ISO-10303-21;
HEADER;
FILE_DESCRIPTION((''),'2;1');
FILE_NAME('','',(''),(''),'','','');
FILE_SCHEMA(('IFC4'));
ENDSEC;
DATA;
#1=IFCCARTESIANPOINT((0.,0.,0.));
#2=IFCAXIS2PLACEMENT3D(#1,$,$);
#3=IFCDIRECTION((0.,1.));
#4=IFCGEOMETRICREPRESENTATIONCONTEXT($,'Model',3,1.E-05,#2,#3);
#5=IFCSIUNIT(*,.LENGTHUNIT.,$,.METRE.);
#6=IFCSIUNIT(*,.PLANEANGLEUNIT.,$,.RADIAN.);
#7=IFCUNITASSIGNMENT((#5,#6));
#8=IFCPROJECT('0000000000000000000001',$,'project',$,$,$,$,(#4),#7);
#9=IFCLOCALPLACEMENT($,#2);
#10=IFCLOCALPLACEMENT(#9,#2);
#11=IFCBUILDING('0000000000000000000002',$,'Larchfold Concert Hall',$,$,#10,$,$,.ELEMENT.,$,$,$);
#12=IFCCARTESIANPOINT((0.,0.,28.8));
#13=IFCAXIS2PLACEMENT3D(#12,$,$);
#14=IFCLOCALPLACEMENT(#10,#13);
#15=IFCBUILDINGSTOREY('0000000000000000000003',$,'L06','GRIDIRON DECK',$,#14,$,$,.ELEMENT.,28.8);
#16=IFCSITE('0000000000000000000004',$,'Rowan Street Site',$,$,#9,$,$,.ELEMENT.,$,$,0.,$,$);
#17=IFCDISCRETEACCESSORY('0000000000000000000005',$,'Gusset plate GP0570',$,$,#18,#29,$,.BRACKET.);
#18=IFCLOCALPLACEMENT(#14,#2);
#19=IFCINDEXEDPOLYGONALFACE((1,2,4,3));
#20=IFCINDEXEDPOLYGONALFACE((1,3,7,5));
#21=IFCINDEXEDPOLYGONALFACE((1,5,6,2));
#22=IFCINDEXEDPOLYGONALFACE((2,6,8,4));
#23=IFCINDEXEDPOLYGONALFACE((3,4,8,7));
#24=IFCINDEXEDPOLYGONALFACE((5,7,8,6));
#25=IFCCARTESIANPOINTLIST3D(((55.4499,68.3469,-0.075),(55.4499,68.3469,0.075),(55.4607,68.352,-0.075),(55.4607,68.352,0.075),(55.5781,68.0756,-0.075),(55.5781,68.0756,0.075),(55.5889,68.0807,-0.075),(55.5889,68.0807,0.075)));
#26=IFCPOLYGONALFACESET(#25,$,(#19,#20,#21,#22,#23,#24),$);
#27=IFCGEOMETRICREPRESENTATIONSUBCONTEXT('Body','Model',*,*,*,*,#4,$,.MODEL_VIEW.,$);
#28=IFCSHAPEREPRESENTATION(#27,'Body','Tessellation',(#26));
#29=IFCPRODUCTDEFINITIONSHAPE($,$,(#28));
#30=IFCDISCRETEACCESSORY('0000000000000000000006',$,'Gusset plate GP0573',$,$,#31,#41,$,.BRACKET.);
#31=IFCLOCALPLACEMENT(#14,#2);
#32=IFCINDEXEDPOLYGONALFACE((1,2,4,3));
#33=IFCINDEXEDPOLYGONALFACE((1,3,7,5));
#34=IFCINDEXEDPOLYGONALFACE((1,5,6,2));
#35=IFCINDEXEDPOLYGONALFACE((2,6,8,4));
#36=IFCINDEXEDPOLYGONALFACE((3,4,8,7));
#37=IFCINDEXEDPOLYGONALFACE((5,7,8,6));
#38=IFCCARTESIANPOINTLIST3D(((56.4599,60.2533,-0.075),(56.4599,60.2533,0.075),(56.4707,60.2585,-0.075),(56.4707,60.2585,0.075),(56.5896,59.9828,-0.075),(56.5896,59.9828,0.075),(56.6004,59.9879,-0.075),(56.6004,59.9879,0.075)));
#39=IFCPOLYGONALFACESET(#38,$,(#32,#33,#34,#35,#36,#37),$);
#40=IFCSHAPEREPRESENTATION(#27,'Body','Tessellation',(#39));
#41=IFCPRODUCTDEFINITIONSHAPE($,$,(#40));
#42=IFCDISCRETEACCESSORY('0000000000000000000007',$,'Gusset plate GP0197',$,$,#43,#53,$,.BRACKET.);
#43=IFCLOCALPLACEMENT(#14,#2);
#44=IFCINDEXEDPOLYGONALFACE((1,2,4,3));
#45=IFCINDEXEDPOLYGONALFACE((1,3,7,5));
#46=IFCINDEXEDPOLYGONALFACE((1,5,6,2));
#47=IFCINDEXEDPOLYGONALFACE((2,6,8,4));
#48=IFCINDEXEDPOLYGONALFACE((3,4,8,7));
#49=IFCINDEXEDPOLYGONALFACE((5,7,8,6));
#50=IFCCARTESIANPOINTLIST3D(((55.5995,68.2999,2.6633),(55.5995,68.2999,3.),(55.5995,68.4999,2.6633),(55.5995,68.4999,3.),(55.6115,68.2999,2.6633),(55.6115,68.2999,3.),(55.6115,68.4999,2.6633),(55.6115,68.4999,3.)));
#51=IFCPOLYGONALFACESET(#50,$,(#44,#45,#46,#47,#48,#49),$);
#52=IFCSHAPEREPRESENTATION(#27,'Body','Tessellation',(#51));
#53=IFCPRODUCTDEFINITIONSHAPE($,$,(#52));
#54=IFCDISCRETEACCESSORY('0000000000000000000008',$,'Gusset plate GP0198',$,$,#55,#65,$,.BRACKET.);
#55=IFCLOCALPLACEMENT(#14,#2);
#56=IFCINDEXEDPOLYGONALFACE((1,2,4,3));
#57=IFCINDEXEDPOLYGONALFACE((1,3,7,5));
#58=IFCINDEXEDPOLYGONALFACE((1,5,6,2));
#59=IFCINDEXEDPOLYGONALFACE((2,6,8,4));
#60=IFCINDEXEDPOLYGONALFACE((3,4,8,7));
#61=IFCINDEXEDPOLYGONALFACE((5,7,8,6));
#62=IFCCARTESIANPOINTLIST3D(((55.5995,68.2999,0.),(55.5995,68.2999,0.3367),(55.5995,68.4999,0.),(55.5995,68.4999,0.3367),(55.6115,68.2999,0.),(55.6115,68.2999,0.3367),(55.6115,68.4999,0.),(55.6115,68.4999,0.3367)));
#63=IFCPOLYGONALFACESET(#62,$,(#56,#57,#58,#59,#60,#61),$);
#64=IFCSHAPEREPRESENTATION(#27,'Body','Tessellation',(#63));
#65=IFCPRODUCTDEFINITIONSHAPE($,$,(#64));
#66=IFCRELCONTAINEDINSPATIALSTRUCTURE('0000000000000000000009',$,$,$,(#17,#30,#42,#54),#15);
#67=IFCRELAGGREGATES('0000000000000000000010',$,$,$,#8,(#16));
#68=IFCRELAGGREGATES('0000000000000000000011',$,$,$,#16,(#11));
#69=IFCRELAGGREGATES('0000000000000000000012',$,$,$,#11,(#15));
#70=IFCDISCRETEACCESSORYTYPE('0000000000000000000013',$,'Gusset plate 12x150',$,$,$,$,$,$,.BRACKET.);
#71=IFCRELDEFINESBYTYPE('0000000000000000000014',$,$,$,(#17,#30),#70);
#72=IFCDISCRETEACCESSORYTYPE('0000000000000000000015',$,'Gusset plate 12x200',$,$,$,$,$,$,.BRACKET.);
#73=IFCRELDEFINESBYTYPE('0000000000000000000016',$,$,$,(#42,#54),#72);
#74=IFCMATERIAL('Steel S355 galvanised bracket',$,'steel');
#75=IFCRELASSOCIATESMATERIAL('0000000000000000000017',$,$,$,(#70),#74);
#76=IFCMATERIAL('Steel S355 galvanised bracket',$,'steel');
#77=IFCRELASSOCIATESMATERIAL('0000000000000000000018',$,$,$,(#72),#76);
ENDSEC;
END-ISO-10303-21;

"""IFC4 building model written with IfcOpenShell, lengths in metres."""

from ifc_helpers import new_model, si_unit, direction, frame, origin, origin_2d, place, context, subcontext, project, spatial, rectangle, extrude, material, material_profile, profile_set, type_object, element, save


model = new_model("IFC4")

# Units and contexts
model_context = context("Model", 3, precision=1e-05, world=origin(), true_north=direction((0.0, 1.0)))
body_context = subcontext(model_context, "Body", "Model", "MODEL_VIEW")
ifc_project = project(units=[si_unit("LENGTHUNIT", "METRE"), si_unit("PLANEANGLEUNIT", "RADIAN")], contexts=[model_context])

# Site, building, storey
site_placement = place(None, origin())
site = spatial("IfcSite", under=ifc_project, at=site_placement, Name="Rowan Street Site", CompositionType="ELEMENT", RefElevation=0.0)
building_placement = place(site_placement, origin())
building = spatial("IfcBuilding", under=site, at=building_placement, Name="Larchfold Concert Hall", CompositionType="ELEMENT")
storey_placement = place(building_placement, frame((0.0, 0.0, 28.8)))
storey = spatial("IfcBuildingStorey", under=building, at=storey_placement, Name="L06", Description="GRIDIRON DECK", CompositionType="ELEMENT", Elevation=28.8)

# Discrete accessories
ifc_material_1 = material(Name="Steel S355 galvanised bracket", Category="steel")
ifc_material_profile_1 = material_profile(ifc_material_1, rectangle(XDim=0.012, YDim=0.1499, at=origin_2d()))
ifc_profile_set_1 = profile_set([ifc_material_profile_1], Name="Steel S355 galvanised bracket")
discrete_accessory_type_1 = type_object("IfcDiscreteAccessoryType", Name="Gusset plate 12x150", PredefinedType="BRACKET", material=ifc_profile_set_1)
for number, where, z_axis, x_axis, name in (
    (1, (55.5835, 68.0781, 0.0), (-0.427247, 0.904135, 0.0), (-0.904135, -0.427247, 0.0), "Gusset plate GP0570"),
    (2, (56.595, 59.9854, 0.0), (-0.432175, 0.90179, 0.0), (-0.90179, -0.432175, 0.0), "Gusset plate GP0573"),
):
    element("IfcDiscreteAccessory", number, at=place(storey_placement, frame(where, z_axis=z_axis, x_axis=x_axis)), inside=storey, type_object=discrete_accessory_type_1, Name=name, PredefinedType="BRACKET", context=body_context, shape_type="SweptSolid", body=[
        extrude(rectangle(XDim=0.012, YDim=0.1499, at=origin_2d()), origin(), (0.0, 0.0, 1.0), 0.3),
    ])
ifc_material_2 = material(Name="Steel S355 galvanised bracket", Category="steel")
ifc_material_profile_2 = material_profile(ifc_material_2, rectangle(XDim=0.012, YDim=0.2, at=origin_2d()))
ifc_profile_set_2 = profile_set([ifc_material_profile_2], Name="Steel S355 galvanised bracket")
discrete_accessory_type_2 = type_object("IfcDiscreteAccessoryType", Name="Gusset plate 12x200", PredefinedType="BRACKET", material=ifc_profile_set_2)
for number, where, z_axis, x_axis, name in (
    (3, (55.6055, 68.3999, 3.0), (0.0, 0.0, -1.0), (1.0, 0.0, 0.0), "Gusset plate GP0197"),
    (4, (55.6055, 68.3999, 0.3367), (0.0, 0.0, -1.0), (1.0, 0.0, 0.0), "Gusset plate GP0198"),
):
    element("IfcDiscreteAccessory", number, at=place(storey_placement, frame(where, z_axis=z_axis, x_axis=x_axis)), inside=storey, type_object=discrete_accessory_type_2, Name=name, PredefinedType="BRACKET", context=body_context, shape_type="SweptSolid", body=[
        extrude(rectangle(XDim=0.012, YDim=0.2, at=origin_2d()), origin(), (0.0, 0.0, 1.0), 0.3367),
    ])

save(model, "model.ifc")
